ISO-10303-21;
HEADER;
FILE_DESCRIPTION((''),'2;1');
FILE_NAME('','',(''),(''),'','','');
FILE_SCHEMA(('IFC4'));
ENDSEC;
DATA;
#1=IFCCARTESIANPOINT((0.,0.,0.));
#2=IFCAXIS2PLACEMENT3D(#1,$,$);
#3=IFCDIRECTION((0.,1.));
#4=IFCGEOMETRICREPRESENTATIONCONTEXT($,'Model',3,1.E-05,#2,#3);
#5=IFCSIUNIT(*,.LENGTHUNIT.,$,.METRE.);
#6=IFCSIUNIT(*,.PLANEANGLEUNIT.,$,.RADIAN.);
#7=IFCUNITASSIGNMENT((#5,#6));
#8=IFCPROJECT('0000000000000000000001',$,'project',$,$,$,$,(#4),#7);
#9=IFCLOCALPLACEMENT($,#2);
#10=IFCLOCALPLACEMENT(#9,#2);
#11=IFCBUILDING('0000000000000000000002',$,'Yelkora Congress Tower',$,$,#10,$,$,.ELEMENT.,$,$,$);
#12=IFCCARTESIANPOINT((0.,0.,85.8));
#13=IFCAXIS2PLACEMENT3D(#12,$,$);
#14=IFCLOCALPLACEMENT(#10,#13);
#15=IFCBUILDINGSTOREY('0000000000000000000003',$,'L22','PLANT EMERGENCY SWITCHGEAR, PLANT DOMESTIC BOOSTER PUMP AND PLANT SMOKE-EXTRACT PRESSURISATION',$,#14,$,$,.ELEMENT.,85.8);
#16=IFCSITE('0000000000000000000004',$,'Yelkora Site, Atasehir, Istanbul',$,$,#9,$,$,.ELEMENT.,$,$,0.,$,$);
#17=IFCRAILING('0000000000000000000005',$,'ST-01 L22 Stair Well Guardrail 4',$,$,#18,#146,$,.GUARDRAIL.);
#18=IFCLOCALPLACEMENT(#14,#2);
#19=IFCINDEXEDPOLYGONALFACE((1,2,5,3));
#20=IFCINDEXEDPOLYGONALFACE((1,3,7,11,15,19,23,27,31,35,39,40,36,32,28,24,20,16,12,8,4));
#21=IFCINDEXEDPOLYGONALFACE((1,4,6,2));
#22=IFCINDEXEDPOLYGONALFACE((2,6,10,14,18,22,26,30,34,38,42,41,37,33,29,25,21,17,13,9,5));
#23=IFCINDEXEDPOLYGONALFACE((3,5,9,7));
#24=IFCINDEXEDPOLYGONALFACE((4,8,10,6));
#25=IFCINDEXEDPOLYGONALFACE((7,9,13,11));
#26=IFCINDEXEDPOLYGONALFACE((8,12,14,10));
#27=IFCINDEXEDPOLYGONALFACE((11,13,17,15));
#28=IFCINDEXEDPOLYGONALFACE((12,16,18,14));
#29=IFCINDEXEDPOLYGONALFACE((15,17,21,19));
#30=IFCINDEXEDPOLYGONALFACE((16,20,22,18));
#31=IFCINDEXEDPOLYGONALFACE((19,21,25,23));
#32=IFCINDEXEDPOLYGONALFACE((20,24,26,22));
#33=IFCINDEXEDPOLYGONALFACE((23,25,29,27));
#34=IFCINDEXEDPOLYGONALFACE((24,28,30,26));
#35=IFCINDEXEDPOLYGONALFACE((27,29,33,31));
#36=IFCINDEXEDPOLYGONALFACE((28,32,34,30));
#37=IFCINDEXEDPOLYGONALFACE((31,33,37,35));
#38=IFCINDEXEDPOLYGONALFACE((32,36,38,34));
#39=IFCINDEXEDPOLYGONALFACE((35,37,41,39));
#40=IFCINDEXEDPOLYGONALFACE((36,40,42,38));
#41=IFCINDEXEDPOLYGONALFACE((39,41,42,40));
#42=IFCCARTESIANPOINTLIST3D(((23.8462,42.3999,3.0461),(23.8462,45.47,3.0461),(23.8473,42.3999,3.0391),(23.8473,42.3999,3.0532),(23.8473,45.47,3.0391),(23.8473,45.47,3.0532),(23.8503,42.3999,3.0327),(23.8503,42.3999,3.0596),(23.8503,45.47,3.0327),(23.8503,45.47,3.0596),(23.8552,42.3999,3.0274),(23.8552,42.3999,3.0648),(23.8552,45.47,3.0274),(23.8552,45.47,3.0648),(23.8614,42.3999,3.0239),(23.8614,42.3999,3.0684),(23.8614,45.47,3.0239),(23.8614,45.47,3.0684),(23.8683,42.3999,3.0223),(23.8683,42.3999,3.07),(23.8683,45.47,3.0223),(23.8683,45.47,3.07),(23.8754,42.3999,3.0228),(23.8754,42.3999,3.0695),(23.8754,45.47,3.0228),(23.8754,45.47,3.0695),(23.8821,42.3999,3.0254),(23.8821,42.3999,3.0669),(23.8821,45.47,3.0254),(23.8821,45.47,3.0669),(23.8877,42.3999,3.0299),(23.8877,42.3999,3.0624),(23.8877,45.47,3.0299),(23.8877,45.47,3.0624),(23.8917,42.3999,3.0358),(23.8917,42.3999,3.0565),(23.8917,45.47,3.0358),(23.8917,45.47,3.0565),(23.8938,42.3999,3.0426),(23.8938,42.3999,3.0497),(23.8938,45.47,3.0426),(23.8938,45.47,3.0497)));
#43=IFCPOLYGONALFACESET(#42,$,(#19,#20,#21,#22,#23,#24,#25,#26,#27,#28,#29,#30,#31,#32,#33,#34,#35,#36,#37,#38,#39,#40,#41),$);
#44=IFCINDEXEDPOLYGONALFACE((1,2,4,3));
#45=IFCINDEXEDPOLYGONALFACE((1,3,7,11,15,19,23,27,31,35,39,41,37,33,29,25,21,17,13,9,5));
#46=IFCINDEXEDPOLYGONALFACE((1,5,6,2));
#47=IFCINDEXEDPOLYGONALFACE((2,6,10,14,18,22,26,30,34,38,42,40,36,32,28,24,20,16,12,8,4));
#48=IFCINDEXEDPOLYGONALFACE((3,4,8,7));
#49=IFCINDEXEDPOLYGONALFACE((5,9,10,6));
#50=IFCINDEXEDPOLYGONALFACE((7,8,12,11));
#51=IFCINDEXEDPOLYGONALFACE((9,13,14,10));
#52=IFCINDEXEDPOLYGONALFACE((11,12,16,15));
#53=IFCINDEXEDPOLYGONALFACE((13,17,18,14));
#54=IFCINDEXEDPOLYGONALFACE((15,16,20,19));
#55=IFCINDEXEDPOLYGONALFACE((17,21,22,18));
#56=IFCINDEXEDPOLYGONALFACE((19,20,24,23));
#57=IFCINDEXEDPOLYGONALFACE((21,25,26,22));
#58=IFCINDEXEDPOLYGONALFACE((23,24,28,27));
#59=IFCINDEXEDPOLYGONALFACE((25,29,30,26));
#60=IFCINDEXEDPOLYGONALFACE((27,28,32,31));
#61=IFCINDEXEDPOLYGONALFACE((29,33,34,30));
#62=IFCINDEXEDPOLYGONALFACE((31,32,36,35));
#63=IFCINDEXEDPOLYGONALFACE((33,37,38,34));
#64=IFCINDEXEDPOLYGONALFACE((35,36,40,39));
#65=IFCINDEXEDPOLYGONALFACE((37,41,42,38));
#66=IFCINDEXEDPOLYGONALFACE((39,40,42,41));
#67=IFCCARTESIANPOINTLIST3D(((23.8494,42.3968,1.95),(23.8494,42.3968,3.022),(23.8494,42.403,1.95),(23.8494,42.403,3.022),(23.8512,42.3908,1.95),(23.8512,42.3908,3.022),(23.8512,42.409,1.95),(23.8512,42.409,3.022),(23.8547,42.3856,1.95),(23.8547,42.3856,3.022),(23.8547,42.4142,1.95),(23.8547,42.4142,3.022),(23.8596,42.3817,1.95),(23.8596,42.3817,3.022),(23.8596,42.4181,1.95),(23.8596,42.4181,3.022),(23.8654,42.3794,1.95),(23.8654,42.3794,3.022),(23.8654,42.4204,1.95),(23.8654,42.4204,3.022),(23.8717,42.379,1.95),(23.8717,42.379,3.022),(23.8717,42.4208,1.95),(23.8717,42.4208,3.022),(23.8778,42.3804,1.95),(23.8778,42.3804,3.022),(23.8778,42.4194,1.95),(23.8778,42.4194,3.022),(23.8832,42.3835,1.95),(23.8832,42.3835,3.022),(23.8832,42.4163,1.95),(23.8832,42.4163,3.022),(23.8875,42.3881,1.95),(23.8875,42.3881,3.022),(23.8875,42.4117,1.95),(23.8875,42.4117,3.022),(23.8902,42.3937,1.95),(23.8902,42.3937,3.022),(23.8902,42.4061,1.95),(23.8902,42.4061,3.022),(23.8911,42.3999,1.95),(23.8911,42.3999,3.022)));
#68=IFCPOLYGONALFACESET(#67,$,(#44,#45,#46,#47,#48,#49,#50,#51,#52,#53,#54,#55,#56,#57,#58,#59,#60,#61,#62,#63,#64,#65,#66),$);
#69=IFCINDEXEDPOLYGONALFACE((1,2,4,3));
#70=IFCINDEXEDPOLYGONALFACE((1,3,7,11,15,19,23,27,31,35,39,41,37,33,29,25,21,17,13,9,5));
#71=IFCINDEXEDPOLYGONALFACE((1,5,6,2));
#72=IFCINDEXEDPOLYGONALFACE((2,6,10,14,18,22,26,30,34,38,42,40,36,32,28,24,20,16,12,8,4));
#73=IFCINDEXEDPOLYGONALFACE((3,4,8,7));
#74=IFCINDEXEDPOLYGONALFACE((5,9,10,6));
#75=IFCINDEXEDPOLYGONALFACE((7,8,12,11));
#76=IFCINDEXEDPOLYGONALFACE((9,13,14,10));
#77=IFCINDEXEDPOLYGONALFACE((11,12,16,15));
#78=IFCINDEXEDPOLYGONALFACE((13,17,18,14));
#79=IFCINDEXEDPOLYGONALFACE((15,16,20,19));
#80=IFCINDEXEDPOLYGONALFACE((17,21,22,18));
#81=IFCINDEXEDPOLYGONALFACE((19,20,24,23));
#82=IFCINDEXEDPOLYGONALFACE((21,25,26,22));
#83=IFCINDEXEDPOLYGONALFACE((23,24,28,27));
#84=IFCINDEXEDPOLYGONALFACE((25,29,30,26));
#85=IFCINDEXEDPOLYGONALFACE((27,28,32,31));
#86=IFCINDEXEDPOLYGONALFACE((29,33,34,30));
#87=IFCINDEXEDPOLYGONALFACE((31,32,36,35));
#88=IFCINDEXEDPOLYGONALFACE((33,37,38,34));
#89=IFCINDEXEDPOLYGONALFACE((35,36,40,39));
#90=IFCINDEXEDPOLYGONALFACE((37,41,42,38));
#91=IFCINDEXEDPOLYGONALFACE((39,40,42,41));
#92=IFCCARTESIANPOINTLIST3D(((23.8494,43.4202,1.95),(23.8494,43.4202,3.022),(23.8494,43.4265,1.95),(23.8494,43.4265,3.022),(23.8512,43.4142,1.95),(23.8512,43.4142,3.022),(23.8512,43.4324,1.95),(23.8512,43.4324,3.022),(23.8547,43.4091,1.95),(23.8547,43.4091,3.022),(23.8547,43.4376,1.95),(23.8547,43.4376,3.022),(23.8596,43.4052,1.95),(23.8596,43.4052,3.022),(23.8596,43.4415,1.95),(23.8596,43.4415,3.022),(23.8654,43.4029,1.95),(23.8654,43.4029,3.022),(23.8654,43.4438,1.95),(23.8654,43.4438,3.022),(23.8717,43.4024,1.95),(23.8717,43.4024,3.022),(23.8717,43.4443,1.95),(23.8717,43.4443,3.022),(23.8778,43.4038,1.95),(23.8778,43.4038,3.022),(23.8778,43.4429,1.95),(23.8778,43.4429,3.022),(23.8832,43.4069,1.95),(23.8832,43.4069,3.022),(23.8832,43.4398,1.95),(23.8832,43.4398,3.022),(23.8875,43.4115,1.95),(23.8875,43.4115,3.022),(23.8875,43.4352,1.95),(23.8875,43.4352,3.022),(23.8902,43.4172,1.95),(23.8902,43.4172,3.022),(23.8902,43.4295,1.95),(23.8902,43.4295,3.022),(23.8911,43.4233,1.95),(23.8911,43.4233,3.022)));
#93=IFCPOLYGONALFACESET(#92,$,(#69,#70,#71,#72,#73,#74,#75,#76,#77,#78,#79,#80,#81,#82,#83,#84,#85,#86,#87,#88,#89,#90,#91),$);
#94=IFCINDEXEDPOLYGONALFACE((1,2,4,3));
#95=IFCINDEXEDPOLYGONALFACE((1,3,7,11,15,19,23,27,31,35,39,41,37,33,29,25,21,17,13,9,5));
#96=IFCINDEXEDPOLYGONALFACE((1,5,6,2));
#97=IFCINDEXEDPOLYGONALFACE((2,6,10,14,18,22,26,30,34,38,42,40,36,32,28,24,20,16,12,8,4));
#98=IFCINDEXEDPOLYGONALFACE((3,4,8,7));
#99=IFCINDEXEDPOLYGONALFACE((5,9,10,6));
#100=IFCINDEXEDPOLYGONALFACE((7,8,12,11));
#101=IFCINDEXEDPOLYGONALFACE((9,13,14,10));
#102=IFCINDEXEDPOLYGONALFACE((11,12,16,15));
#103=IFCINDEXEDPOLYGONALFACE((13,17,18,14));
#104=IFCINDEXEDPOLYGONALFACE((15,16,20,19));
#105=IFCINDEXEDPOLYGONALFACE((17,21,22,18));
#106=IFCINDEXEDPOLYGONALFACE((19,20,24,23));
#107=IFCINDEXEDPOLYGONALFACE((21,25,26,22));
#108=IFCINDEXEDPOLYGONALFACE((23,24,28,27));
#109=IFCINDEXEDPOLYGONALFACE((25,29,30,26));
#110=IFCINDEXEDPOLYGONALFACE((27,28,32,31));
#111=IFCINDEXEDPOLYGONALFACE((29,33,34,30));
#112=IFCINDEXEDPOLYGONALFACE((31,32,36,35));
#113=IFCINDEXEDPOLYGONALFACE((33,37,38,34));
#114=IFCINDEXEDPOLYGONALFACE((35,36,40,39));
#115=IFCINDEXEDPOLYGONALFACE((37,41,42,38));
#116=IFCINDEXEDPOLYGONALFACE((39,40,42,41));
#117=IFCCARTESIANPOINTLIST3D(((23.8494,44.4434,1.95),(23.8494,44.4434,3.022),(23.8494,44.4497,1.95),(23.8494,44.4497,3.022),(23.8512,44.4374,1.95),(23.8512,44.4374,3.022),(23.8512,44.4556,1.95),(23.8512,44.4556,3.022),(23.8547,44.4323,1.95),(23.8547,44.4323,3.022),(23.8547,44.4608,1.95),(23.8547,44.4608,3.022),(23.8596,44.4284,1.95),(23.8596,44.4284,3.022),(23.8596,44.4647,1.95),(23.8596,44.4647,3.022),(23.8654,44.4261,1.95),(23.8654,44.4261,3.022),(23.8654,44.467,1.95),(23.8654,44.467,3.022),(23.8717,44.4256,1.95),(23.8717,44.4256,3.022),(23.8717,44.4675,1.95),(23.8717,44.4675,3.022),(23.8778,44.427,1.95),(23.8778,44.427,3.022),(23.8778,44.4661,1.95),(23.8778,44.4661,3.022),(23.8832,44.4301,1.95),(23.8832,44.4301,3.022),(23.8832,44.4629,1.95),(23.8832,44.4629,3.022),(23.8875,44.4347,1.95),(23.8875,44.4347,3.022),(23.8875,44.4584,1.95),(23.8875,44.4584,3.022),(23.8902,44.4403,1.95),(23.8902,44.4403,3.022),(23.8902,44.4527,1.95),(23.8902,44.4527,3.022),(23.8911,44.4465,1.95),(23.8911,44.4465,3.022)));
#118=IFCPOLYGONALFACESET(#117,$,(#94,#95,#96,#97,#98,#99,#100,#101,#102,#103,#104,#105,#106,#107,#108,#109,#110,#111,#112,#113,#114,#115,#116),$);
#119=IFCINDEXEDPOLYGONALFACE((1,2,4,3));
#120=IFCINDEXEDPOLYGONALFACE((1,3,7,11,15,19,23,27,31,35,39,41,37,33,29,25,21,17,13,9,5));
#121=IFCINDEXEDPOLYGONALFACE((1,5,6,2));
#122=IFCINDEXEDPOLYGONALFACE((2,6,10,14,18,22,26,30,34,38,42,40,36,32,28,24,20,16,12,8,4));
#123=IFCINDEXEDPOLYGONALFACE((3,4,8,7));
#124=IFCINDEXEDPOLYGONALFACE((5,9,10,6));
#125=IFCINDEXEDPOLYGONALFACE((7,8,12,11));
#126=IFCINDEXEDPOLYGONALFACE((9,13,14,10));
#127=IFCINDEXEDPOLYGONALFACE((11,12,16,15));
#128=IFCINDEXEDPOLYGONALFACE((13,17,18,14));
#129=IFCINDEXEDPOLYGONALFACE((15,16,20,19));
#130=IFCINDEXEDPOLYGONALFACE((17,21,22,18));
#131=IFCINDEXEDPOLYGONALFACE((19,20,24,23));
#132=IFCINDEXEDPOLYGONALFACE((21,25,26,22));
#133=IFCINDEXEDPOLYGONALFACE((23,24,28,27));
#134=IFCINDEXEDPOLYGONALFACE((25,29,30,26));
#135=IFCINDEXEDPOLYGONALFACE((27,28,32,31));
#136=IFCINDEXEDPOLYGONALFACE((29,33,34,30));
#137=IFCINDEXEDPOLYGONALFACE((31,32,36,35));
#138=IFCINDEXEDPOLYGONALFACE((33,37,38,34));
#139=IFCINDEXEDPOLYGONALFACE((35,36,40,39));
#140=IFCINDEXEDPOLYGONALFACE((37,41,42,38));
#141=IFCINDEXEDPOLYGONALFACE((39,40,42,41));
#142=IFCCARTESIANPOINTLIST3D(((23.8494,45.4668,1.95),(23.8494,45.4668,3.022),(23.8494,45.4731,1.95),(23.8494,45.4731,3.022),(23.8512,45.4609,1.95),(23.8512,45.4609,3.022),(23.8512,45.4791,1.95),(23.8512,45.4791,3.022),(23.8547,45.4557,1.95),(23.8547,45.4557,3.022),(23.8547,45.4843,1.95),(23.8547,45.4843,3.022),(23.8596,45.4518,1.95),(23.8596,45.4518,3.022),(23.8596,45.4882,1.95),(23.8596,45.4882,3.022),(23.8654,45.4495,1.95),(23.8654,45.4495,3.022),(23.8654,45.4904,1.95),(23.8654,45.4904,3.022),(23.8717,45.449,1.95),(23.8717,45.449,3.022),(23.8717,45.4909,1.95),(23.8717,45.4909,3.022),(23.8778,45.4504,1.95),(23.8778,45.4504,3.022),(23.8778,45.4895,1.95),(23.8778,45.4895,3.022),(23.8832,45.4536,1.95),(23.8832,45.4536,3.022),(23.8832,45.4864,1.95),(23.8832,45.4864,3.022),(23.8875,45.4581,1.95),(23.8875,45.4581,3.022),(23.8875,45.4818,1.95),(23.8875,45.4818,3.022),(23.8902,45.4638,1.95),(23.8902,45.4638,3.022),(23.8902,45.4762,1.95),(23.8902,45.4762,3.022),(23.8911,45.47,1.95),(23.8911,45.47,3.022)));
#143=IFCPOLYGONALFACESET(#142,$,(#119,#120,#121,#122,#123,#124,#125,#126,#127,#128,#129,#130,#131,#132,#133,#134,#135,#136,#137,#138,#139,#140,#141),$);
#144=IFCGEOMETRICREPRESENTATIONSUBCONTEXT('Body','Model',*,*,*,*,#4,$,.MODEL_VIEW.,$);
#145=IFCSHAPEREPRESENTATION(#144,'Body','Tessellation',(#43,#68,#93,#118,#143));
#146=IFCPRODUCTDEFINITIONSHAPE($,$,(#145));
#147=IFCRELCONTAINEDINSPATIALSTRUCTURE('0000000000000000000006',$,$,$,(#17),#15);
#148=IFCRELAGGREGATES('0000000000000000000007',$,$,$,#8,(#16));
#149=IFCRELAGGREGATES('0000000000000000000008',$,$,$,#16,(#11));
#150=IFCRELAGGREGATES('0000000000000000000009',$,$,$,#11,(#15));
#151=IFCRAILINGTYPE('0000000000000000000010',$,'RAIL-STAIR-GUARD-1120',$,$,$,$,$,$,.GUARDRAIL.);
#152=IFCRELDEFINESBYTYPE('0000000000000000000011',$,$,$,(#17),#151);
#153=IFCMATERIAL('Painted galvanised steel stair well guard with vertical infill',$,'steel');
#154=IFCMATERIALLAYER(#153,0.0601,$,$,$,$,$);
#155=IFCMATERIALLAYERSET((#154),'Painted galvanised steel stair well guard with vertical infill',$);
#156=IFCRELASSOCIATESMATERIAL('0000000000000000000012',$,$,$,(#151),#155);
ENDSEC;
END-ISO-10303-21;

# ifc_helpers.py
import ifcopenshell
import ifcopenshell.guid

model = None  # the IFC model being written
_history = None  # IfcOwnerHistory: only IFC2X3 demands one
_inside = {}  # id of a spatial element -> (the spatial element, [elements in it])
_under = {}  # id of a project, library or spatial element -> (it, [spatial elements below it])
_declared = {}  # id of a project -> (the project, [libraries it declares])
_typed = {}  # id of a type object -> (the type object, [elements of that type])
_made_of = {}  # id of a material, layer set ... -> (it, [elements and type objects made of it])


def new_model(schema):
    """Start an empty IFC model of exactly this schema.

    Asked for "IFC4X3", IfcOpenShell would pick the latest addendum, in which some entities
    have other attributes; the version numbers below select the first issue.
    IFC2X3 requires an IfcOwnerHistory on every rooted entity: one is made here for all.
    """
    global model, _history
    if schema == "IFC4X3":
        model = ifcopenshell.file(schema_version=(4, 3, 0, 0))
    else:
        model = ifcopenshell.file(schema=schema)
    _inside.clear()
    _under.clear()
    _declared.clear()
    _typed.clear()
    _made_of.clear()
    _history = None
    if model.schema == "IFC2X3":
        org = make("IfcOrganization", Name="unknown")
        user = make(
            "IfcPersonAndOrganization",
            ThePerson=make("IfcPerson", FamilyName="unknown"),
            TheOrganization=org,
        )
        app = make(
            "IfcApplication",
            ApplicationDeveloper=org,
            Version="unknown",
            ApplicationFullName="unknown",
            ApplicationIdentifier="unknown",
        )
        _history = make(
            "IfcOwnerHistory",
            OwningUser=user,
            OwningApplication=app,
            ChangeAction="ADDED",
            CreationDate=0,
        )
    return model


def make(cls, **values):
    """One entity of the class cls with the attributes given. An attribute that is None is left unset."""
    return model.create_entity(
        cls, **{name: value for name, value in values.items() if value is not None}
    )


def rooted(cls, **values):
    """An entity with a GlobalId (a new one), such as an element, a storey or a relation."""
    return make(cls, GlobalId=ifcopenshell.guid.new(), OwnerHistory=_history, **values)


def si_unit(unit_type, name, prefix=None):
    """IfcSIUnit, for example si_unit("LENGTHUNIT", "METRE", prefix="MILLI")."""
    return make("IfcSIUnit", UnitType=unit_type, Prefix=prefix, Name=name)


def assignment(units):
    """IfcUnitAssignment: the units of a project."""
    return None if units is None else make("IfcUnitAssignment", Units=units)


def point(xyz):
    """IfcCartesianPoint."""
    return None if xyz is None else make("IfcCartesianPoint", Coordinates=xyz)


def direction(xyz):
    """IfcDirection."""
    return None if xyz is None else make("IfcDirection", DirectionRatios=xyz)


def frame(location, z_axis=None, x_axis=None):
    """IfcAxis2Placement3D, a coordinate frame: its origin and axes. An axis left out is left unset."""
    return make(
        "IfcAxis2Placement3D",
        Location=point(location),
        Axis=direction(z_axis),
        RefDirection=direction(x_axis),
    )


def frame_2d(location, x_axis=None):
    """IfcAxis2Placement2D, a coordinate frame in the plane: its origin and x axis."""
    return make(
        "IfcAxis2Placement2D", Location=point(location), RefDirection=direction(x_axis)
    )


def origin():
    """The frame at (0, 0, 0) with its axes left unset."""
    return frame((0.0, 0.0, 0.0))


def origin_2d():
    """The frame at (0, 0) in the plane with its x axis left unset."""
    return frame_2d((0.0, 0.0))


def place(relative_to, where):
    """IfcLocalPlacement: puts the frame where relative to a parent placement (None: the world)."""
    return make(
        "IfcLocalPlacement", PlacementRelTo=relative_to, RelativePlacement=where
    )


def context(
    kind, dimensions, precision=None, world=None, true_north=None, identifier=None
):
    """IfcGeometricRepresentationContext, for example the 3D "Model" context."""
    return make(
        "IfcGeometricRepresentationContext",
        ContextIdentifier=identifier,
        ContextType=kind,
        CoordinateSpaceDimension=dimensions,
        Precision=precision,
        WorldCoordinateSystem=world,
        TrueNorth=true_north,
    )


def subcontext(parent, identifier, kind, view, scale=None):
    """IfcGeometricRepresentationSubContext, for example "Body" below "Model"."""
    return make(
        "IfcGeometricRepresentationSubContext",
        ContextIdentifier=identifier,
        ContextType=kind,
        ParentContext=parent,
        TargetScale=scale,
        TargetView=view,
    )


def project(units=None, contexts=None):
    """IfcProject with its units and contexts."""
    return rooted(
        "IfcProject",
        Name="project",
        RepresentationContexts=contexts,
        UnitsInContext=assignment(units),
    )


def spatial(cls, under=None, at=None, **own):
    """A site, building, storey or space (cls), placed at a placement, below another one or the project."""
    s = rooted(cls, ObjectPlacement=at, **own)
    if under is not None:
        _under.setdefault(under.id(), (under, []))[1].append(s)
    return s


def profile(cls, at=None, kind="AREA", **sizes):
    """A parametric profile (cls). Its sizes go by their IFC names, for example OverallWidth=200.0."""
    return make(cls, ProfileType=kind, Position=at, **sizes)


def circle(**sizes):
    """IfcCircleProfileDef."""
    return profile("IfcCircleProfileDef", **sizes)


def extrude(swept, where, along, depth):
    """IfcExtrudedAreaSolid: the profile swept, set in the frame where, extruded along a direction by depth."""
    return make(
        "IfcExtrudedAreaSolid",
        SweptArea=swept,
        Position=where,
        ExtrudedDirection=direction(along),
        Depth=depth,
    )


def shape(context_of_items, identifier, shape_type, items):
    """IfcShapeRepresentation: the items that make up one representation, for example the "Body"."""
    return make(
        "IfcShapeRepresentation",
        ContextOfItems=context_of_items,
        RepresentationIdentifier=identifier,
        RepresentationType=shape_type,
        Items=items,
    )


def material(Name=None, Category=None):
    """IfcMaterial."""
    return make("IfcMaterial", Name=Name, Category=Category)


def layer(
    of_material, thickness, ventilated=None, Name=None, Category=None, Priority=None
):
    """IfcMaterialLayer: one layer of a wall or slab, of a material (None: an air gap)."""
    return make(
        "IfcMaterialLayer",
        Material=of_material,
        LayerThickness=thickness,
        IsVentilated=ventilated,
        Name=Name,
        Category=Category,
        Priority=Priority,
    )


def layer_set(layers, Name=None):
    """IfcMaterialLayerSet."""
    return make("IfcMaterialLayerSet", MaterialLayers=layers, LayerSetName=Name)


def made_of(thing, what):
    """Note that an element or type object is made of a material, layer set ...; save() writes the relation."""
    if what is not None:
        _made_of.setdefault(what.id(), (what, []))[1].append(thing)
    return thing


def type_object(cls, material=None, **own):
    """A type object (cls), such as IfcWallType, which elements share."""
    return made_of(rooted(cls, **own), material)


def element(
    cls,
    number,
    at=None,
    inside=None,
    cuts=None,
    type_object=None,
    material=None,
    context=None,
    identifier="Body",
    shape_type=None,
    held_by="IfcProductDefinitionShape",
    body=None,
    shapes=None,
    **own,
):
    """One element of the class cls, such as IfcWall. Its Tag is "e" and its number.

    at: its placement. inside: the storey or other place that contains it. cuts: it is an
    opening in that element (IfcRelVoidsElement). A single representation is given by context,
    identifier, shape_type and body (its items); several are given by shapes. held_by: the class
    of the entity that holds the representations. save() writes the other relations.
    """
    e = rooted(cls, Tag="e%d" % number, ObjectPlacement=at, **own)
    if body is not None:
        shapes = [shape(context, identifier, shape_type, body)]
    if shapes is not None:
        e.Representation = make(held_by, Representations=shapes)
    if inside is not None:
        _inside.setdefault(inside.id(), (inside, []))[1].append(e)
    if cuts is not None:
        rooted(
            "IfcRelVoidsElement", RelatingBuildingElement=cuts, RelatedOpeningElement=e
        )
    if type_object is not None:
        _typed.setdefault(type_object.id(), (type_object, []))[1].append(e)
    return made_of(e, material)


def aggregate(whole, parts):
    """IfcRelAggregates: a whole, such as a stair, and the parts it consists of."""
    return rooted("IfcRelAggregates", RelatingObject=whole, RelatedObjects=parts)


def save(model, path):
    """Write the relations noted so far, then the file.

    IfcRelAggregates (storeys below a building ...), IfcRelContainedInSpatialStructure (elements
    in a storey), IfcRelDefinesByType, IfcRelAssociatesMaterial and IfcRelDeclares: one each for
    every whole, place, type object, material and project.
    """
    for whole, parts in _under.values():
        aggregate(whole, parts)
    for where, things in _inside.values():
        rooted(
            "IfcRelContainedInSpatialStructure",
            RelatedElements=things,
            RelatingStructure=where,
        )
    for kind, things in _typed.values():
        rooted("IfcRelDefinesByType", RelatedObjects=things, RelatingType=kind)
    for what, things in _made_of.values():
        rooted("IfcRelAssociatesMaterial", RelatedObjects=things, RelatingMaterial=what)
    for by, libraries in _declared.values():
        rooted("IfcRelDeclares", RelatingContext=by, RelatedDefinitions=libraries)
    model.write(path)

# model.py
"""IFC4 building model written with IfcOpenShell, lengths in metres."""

from ifc_helpers import new_model, si_unit, direction, frame, origin, origin_2d, place, context, subcontext, project, spatial, circle, extrude, material, layer, layer_set, type_object, element, save


model = new_model("IFC4")

# Units and contexts
model_context = context("Model", 3, precision=1e-05, world=origin(), true_north=direction((0.0, 1.0)))
body_context = subcontext(model_context, "Body", "Model", "MODEL_VIEW")
ifc_project = project(units=[si_unit("LENGTHUNIT", "METRE"), si_unit("PLANEANGLEUNIT", "RADIAN")], contexts=[model_context])

# Site, building, storey
site_placement = place(None, origin())
site = spatial("IfcSite", under=ifc_project, at=site_placement, Name="Yelkora Site, Atasehir, Istanbul", CompositionType="ELEMENT", RefElevation=0.0)
building_placement = place(site_placement, origin())
building = spatial("IfcBuilding", under=site, at=building_placement, Name="Yelkora Congress Tower", CompositionType="ELEMENT")
storey_placement = place(building_placement, frame((0.0, 0.0, 85.8)))
storey = spatial("IfcBuildingStorey", under=building, at=storey_placement, Name="L22", Description="PLANT EMERGENCY SWITCHGEAR, PLANT DOMESTIC BOOSTER PUMP AND PLANT SMOKE-EXTRACT PRESSURISATION", CompositionType="ELEMENT", Elevation=85.8)

# Railing
ifc_material_1 = material(Name="Painted galvanised steel stair well guard with vertical infill", Category="steel")
ifc_layer_1 = layer(ifc_material_1, 0.0601)
ifc_layer_set_1 = layer_set([ifc_layer_1], Name="Painted galvanised steel stair well guard with vertical infill")
railing_type_1 = type_object("IfcRailingType", Name="RAIL-STAIR-GUARD-1120", PredefinedType="GUARDRAIL", material=ifc_layer_set_1)
railing_1_placement = place(storey_placement, frame((23.8701, 42.3999, 1.95)))
element("IfcRailing", 1, at=railing_1_placement, inside=storey, type_object=railing_type_1, Name="ST-01 L22 Stair Well Guardrail 4", PredefinedType="GUARDRAIL", context=body_context, shape_type="SweptSolid", body=[
    extrude(circle(Radius=0.0239, at=origin_2d()), frame((0.0, 0.0, 1.0962), z_axis=(0.0, 1.0, 0.0), x_axis=(-1.0, 0.0, 0.0)), (0.0, 0.0, 1.0), 3.0701),
    extrude(circle(Radius=0.021, at=origin_2d()), origin(), (0.0, 0.0, 1.0), 1.072),
    extrude(circle(Radius=0.021, at=origin_2d()), frame((0.0, 1.0234, 0.0)), (0.0, 0.0, 1.0), 1.072),
    extrude(circle(Radius=0.021, at=origin_2d()), frame((0.0, 2.0466, 0.0)), (0.0, 0.0, 1.0), 1.072),
    extrude(circle(Radius=0.021, at=origin_2d()), frame((0.0, 3.0701, 0.0)), (0.0, 0.0, 1.0), 1.072),
])

save(model, "model.ifc")
